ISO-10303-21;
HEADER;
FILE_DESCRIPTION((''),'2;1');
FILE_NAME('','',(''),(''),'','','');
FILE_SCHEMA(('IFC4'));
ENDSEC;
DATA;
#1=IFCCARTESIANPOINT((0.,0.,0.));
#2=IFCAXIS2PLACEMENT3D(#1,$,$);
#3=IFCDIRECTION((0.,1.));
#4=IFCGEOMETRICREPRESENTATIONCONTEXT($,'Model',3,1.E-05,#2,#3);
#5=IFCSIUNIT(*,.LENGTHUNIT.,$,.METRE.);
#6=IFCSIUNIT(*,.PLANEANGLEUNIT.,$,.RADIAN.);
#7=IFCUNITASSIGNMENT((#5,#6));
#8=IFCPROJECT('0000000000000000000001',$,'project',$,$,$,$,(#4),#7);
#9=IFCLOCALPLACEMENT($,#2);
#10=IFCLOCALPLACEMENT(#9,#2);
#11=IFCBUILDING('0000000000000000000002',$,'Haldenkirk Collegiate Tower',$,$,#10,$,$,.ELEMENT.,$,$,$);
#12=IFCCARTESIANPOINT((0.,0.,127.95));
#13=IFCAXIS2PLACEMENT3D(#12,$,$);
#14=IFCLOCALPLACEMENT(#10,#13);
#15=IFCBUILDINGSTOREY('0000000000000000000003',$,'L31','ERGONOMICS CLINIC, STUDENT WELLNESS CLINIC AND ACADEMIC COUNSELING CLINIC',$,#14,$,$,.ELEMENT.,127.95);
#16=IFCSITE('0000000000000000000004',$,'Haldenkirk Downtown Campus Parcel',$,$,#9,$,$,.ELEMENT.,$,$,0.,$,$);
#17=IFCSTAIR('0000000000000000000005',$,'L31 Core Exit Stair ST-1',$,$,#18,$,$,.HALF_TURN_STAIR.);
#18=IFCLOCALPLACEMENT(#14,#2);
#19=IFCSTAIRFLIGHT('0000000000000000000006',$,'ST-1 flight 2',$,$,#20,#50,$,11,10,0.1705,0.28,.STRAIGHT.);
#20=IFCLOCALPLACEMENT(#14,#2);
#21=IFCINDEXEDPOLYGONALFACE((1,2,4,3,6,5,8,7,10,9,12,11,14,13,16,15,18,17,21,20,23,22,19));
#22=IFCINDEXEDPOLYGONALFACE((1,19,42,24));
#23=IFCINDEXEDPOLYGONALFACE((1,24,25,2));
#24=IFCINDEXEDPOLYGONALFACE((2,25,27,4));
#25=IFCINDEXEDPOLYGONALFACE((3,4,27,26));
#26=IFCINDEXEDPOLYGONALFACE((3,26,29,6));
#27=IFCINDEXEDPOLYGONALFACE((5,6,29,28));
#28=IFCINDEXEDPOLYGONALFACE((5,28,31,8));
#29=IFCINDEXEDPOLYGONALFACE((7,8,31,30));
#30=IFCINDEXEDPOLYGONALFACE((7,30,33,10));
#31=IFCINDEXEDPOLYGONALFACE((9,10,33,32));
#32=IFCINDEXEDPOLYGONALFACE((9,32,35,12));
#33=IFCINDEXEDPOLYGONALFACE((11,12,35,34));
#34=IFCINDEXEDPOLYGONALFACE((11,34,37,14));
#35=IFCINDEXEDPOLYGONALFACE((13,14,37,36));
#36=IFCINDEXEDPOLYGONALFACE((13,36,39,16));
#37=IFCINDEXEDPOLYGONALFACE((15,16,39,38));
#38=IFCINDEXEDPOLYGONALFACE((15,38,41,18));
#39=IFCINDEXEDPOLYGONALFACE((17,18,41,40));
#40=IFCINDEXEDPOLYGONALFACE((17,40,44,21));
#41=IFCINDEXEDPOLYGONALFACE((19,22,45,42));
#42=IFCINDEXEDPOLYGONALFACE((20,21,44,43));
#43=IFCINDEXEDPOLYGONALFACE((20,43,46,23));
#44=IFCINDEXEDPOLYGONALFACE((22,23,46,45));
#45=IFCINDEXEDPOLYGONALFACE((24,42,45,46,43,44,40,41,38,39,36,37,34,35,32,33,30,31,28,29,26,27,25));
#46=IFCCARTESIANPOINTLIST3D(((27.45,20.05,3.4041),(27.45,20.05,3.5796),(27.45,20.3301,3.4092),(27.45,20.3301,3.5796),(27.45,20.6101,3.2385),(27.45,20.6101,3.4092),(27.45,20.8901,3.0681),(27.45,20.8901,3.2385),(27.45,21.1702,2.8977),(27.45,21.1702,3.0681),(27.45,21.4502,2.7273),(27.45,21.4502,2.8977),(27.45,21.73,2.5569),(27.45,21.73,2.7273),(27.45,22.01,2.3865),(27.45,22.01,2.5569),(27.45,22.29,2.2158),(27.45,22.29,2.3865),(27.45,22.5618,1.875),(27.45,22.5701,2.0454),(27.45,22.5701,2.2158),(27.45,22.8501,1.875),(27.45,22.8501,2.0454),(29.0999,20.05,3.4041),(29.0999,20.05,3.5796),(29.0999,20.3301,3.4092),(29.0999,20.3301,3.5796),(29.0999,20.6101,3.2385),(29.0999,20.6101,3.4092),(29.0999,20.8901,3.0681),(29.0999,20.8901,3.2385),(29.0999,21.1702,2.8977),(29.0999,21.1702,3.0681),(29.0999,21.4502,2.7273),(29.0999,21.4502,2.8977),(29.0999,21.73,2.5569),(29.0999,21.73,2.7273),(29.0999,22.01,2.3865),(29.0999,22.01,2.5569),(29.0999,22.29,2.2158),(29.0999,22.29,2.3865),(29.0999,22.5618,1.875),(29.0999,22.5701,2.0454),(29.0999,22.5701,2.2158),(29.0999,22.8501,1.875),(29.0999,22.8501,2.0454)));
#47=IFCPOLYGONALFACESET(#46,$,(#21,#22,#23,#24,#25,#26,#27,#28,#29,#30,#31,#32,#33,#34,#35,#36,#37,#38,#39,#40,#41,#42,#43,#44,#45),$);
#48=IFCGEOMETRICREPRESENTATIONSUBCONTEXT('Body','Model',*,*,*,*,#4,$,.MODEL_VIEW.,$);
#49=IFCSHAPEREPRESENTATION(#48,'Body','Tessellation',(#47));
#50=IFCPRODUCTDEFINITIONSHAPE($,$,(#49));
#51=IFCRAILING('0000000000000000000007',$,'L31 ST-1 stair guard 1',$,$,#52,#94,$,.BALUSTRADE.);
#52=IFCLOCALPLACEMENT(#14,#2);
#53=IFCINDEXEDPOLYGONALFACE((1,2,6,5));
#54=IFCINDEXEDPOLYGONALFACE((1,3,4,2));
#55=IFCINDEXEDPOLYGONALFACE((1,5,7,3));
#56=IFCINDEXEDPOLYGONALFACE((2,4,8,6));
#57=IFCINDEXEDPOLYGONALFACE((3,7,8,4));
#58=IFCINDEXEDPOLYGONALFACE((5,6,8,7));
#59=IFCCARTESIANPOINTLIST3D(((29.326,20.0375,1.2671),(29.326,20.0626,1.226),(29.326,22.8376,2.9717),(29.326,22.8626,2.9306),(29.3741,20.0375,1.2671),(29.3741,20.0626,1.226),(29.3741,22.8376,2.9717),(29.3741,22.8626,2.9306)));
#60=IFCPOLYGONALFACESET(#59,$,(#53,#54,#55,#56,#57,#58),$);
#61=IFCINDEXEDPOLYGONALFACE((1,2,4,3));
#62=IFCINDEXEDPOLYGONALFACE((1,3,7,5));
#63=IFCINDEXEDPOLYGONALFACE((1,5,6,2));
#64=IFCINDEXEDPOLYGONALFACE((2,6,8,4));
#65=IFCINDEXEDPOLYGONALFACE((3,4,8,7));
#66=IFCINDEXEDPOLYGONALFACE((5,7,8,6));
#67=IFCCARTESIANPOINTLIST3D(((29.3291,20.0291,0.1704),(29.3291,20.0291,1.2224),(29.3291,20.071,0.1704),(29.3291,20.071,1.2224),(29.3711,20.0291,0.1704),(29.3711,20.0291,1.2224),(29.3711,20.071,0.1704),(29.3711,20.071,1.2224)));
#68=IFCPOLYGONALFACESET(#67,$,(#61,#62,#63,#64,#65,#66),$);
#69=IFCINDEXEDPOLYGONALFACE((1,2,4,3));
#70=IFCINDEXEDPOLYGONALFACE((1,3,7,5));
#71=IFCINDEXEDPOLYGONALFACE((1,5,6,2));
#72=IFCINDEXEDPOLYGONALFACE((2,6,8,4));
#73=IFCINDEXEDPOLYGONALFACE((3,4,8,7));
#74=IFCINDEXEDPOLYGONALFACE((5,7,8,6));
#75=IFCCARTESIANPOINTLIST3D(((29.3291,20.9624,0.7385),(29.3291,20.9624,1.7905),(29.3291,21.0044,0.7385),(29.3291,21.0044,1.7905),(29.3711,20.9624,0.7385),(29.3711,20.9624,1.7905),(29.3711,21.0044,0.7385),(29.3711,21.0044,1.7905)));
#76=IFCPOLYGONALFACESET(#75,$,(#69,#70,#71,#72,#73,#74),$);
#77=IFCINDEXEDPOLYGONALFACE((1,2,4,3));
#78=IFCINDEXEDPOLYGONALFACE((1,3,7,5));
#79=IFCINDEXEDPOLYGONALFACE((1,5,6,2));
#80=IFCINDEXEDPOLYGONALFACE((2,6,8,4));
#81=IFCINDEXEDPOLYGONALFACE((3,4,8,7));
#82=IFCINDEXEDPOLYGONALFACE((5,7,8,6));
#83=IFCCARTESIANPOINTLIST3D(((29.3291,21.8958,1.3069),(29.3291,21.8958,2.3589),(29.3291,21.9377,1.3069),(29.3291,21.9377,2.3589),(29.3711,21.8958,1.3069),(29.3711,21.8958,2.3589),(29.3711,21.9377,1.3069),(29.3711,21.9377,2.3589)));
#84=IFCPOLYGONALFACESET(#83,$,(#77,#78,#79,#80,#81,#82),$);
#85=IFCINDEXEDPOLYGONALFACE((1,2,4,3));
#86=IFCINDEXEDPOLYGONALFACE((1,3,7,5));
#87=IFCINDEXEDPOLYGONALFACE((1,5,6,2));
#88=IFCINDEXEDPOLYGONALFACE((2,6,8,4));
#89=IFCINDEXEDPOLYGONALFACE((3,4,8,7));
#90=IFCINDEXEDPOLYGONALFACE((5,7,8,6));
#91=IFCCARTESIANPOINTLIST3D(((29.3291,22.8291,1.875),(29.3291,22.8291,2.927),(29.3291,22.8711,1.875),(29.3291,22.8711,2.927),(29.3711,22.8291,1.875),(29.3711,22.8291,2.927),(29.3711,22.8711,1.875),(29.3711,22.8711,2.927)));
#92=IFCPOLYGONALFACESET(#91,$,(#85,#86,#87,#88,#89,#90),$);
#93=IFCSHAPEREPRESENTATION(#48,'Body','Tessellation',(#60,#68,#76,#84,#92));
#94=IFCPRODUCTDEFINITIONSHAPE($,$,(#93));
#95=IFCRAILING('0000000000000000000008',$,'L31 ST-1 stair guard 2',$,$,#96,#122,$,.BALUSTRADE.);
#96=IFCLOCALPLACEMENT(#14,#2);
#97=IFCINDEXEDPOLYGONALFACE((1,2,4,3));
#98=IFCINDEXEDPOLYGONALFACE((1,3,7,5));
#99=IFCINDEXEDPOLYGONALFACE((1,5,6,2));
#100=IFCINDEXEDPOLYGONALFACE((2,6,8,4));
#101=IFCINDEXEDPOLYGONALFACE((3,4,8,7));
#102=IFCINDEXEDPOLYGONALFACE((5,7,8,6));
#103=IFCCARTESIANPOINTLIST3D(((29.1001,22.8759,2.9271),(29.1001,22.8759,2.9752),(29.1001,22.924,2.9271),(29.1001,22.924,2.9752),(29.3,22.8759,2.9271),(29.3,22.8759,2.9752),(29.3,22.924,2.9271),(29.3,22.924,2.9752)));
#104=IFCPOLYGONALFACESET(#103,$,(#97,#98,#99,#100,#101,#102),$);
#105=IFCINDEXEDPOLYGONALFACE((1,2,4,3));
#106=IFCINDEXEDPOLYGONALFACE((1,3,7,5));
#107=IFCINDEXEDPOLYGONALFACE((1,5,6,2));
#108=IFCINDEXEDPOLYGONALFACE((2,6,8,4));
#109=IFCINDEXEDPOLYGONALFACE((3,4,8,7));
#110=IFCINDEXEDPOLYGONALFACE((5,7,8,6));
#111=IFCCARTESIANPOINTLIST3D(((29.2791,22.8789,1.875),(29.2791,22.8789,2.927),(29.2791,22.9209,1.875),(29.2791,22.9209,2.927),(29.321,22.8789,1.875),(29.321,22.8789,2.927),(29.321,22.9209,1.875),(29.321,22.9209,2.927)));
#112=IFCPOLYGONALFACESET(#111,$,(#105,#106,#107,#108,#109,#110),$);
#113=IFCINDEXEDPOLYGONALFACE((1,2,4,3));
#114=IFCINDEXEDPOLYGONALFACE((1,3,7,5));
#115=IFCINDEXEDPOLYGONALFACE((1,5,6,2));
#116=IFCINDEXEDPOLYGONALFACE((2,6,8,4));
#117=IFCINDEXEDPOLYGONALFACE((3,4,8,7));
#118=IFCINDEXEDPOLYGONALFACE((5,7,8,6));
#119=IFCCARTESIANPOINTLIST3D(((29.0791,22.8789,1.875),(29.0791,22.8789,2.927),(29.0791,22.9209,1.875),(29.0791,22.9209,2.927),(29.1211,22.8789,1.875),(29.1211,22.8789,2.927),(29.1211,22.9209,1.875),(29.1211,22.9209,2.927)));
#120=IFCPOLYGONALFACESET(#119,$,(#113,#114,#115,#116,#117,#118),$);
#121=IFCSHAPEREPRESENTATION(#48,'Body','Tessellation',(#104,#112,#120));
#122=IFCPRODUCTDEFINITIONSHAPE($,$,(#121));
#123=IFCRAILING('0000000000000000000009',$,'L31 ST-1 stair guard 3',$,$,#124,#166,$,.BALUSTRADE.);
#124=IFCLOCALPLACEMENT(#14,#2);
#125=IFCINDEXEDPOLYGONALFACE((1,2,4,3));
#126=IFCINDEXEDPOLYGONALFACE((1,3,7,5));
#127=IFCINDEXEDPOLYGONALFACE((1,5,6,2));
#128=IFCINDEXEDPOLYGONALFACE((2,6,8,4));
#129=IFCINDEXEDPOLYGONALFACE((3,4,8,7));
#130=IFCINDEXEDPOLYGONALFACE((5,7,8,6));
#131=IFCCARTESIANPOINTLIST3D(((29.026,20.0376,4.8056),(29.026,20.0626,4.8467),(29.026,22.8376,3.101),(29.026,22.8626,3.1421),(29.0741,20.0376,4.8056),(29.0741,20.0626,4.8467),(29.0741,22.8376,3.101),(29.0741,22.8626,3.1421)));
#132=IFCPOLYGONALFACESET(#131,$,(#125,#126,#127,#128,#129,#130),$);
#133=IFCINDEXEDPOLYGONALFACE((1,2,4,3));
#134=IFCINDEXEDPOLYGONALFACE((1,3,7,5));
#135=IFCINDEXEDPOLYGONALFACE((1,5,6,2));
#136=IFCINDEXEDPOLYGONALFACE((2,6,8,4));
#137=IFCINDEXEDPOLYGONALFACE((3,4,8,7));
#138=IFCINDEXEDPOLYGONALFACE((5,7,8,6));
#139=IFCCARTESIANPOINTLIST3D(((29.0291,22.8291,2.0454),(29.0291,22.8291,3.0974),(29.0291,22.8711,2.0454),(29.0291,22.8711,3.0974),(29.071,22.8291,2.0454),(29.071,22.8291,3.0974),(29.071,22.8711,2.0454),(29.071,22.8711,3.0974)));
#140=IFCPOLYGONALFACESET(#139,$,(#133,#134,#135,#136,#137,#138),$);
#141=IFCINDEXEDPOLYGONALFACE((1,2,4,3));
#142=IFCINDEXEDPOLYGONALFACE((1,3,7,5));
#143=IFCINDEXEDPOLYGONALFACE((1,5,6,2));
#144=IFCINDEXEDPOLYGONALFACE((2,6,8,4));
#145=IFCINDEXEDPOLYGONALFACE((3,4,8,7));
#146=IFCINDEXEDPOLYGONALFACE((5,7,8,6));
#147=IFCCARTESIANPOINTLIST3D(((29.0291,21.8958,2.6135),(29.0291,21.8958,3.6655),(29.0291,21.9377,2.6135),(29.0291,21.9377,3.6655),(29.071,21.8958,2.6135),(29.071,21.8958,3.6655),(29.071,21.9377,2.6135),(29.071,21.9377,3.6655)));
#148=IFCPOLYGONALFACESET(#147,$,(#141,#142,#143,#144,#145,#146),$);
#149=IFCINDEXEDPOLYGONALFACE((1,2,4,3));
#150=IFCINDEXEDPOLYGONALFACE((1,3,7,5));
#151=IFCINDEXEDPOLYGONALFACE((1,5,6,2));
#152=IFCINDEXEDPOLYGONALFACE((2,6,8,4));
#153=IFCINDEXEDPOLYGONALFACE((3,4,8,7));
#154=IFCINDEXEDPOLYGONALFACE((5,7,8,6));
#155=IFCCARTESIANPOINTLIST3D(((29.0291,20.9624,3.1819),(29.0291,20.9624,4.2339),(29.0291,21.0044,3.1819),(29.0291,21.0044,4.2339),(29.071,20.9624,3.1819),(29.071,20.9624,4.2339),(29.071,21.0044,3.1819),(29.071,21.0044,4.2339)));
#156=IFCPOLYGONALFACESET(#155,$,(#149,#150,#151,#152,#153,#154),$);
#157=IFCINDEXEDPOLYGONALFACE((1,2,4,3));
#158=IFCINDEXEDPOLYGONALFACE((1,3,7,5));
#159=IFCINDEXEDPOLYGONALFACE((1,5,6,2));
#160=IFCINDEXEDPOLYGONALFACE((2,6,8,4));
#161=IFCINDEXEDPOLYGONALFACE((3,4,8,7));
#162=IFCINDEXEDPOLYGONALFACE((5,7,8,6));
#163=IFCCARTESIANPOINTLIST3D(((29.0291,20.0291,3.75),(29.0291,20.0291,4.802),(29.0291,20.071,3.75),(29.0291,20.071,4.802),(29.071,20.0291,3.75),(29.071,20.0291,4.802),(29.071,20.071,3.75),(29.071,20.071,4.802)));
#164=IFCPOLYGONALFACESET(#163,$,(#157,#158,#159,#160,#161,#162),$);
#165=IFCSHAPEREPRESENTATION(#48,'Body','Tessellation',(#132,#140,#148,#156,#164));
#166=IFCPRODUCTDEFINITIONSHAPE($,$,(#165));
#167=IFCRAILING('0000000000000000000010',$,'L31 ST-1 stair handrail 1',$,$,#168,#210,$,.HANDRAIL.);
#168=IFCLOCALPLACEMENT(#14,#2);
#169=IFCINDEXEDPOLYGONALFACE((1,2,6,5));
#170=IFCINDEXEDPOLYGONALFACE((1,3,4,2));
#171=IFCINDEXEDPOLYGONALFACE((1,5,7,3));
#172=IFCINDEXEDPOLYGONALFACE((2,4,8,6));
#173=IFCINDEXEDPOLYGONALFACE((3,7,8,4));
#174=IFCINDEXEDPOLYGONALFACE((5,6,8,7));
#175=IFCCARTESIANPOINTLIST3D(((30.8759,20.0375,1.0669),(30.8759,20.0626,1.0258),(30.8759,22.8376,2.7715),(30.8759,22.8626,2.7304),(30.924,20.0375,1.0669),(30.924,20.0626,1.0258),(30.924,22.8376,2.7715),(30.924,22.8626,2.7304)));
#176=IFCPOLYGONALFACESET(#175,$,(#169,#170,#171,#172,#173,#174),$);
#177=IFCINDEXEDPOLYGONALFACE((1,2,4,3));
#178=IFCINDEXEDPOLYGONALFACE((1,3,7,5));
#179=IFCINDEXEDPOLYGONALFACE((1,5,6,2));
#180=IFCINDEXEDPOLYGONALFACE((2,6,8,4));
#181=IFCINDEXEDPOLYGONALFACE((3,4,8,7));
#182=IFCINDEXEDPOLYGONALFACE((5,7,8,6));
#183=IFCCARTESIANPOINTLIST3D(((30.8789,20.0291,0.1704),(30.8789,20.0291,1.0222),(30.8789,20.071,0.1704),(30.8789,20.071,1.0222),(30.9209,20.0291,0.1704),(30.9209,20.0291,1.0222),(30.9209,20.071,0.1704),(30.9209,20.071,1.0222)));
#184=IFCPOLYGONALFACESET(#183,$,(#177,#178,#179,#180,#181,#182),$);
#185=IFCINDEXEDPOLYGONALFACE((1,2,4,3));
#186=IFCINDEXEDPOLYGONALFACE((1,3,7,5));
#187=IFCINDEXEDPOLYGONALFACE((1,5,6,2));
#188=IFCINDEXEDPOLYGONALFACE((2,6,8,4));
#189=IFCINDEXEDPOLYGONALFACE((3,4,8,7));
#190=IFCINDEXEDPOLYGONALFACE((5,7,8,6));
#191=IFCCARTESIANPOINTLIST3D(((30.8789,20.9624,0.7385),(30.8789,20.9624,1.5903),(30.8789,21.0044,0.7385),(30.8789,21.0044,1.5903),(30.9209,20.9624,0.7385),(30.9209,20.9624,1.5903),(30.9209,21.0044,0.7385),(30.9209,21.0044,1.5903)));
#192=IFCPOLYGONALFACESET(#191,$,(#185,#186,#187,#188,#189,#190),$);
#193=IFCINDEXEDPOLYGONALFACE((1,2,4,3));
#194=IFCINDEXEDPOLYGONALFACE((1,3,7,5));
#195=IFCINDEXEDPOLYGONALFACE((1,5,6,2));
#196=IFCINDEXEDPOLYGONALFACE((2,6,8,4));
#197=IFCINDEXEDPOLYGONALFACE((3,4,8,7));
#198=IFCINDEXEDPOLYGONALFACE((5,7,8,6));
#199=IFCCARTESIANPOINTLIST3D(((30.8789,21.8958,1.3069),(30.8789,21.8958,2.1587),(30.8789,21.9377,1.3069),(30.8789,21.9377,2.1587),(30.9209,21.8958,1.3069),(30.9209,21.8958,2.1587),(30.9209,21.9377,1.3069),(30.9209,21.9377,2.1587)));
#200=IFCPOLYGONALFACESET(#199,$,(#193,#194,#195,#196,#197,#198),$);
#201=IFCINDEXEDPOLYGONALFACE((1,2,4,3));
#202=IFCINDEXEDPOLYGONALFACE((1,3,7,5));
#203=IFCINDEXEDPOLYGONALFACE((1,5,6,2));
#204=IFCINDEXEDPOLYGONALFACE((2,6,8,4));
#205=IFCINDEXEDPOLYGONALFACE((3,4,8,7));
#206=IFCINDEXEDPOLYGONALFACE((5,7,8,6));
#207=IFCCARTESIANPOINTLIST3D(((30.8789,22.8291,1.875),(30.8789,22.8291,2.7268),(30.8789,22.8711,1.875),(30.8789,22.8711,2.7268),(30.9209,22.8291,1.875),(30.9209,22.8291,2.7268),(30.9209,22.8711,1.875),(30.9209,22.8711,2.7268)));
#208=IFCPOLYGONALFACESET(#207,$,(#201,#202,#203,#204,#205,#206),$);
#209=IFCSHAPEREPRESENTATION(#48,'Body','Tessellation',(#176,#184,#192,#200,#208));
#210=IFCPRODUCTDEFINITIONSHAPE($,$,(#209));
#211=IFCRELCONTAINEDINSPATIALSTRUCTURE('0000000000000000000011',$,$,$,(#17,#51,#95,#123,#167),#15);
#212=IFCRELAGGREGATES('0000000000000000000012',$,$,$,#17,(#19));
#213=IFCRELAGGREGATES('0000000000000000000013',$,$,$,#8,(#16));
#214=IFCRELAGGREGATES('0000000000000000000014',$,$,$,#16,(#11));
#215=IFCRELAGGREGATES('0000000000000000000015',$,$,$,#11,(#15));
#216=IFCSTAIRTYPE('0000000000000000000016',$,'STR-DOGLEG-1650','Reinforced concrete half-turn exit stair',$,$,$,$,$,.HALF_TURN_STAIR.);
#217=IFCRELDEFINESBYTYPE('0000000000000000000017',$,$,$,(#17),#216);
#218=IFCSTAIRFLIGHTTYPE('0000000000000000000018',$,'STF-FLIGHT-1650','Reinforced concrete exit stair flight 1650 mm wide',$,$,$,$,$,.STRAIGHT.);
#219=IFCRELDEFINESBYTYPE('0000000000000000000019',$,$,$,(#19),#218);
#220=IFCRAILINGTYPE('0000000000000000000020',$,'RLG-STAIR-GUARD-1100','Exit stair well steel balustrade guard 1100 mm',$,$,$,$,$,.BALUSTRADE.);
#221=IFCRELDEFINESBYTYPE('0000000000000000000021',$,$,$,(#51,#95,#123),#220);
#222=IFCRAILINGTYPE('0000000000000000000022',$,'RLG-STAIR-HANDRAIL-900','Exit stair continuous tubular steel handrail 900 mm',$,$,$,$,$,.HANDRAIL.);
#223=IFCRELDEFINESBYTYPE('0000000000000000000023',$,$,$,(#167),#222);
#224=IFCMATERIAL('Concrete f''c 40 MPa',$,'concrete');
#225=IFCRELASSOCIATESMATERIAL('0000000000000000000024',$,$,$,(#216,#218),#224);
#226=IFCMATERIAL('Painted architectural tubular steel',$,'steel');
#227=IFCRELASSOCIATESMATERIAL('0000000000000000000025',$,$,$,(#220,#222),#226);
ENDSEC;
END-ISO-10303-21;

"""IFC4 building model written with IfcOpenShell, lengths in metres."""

from ifc_helpers import new_model, si_unit, direction, frame, origin, origin_2d, place, context, subcontext, project, spatial, polyline, rectangle, outline, extrude, material, type_object, element, aggregate, save


model = new_model("IFC4")

# Units and contexts
model_context = context("Model", 3, precision=1e-05, world=origin(), true_north=direction((0.0, 1.0)))
body_context = subcontext(model_context, "Body", "Model", "MODEL_VIEW")
ifc_project = project(units=[si_unit("LENGTHUNIT", "METRE"), si_unit("PLANEANGLEUNIT", "RADIAN")], contexts=[model_context])

# Site, building, storey
site_placement = place(None, origin())
site = spatial("IfcSite", under=ifc_project, at=site_placement, Name="Haldenkirk Downtown Campus Parcel", CompositionType="ELEMENT", RefElevation=0.0)
building_placement = place(site_placement, origin())
building = spatial("IfcBuilding", under=site, at=building_placement, Name="Haldenkirk Collegiate Tower", CompositionType="ELEMENT")
storey_placement = place(building_placement, frame((0.0, 0.0, 127.95)))
storey = spatial("IfcBuildingStorey", under=building, at=storey_placement, Name="L31", Description="ERGONOMICS CLINIC, STUDENT WELLNESS CLINIC AND ACADEMIC COUNSELING CLINIC", CompositionType="ELEMENT", Elevation=127.95)

# Stair, stair flight
ifc_material_1 = material(Name="Concrete f'c 40 MPa", Category="concrete")
stair_type = type_object("IfcStairType", Name="STR-DOGLEG-1650", Description="Reinforced concrete half-turn exit stair", PredefinedType="HALF_TURN_STAIR", material=ifc_material_1)
stair_placement = place(storey_placement, origin())
stair = element("IfcStair", 1, at=stair_placement, inside=storey, type_object=stair_type, Name="L31 Core Exit Stair ST-1", PredefinedType="HALF_TURN_STAIR")
stair_flight_type = type_object("IfcStairFlightType", Name="STF-FLIGHT-1650", Description="Reinforced concrete exit stair flight 1650 mm wide", PredefinedType="STRAIGHT", material=ifc_material_1)
stair_flight_1_placement = place(storey_placement, frame((28.2749, 22.8501, 1.875), z_axis=(0.0, 0.0, 1.0), x_axis=(0.0, -1.0, 0.0)))
stair_flight_1 = element("IfcStairFlight", 2, at=stair_flight_1_placement, type_object=stair_flight_type, Name="ST-1 flight 2", NumberOfRisers=11, NumberOfTreads=10, PredefinedType="STRAIGHT", RiserHeight=0.1705, TreadLength=0.28, context=body_context, shape_type="SweptSolid", body=[
    extrude(outline(polyline([(0.0, 0.0), (0.0, 0.1704), (0.28, 0.1704), (0.28, 0.3408), (0.5601, 0.3408), (0.5601, 0.5115), (0.8401, 0.5115), (0.8401, 0.6819), (1.1201, 0.6819), (1.1201, 0.8523), (1.3999, 0.8523), (1.3999, 1.0227), (1.6799, 1.0227), (1.6799, 1.1931), (1.96, 1.1931), (1.96, 1.3635), (2.24, 1.3635), (2.24, 1.5342), (2.52, 1.5342), (2.52, 1.7046), (2.8, 1.7046), (2.8, 1.875), (2.8, 1.5291), (0.2883, 0.0), (0.0, 0.0)])), frame((0.0, 0.825, 0.0), z_axis=(0.0, -1.0, 0.0), x_axis=(1.0, 0.0, 0.0)), (0.0, 0.0, 1.0), 1.6499),
])
aggregate(stair, [stair_flight_1])

# Railings
ifc_material_2 = material(Name="Painted architectural tubular steel", Category="steel")
railing_type_1 = type_object("IfcRailingType", Name="RLG-STAIR-GUARD-1100", Description="Exit stair well steel balustrade guard 1100 mm", PredefinedType="BALUSTRADE", material=ifc_material_2)
railing_1_placement = place(storey_placement, frame((29.3501, 20.05, 0.1704)))
element("IfcRailing", 3, at=railing_1_placement, inside=storey, type_object=railing_type_1, Name="L31 ST-1 stair guard 1", PredefinedType="BALUSTRADE", context=body_context, shape_type="SweptSolid", body=[
    extrude(rectangle(XDim=0.0481, YDim=0.0481, at=origin_2d()), frame((0.0, 0.0, 1.0762), z_axis=(0.0, 0.85417, 0.519994), x_axis=(-1.0, 0.0, 0.0)), (0.0, 0.0, 1.0), 3.2781),
    extrude(rectangle(XDim=0.042, YDim=0.042, at=origin_2d()), origin(), (0.0, 0.0, 1.0), 1.052),
    extrude(rectangle(XDim=0.042, YDim=0.042, at=origin_2d()), frame((0.0, 0.9333, 0.5681)), (0.0, 0.0, 1.0), 1.052),
    extrude(rectangle(XDim=0.042, YDim=0.042, at=origin_2d()), frame((0.0, 1.8667, 1.1365)), (0.0, 0.0, 1.0), 1.052),
    extrude(rectangle(XDim=0.042, YDim=0.042, at=origin_2d()), frame((0.0, 2.8, 1.7046)), (0.0, 0.0, 1.0), 1.052),
])
railing_2_placement = place(storey_placement, frame((29.3, 22.8999, 1.875)))
element("IfcRailing", 4, at=railing_2_placement, inside=storey, type_object=railing_type_1, Name="L31 ST-1 stair guard 2", PredefinedType="BALUSTRADE", context=body_context, shape_type="SweptSolid", body=[
    extrude(rectangle(XDim=0.0481, YDim=0.0481, at=origin_2d()), frame((0.0, 0.0, 1.0762), z_axis=(-1.0, 0.0, 0.0), x_axis=(0.0, -1.0, 0.0)), (0.0, 0.0, 1.0), 0.2),
    extrude(rectangle(XDim=0.042, YDim=0.042, at=origin_2d()), origin(), (0.0, 0.0, 1.0), 1.052),
    extrude(rectangle(XDim=0.042, YDim=0.042, at=origin_2d()), frame((-0.2, 0.0, 0.0)), (0.0, 0.0, 1.0), 1.052),
])
railing_3_placement = place(storey_placement, frame((29.05, 22.8501, 2.0454)))
element("IfcRailing", 5, at=railing_3_placement, inside=storey, type_object=railing_type_1, Name="L31 ST-1 stair guard 3", PredefinedType="BALUSTRADE", context=body_context, shape_type="SweptSolid", body=[
    extrude(rectangle(XDim=0.0481, YDim=0.0481, at=origin_2d()), frame((0.0, 0.0, 1.0762), z_axis=(0.0, -0.85417, 0.519994), x_axis=(1.0, 0.0, 0.0)), (0.0, 0.0, 1.0), 3.2781),
    extrude(rectangle(XDim=0.042, YDim=0.042, at=origin_2d()), origin(), (0.0, 0.0, 1.0), 1.052),
    extrude(rectangle(XDim=0.042, YDim=0.042, at=origin_2d()), frame((0.0, -0.9333, 0.5681)), (0.0, 0.0, 1.0), 1.052),
    extrude(rectangle(XDim=0.042, YDim=0.042, at=origin_2d()), frame((0.0, -1.8667, 1.1365)), (0.0, 0.0, 1.0), 1.052),
    extrude(rectangle(XDim=0.042, YDim=0.042, at=origin_2d()), frame((0.0, -2.8, 1.7046)), (0.0, 0.0, 1.0), 1.052),
])
railing_type_2 = type_object("IfcRailingType", Name="RLG-STAIR-HANDRAIL-900", Description="Exit stair continuous tubular steel handrail 900 mm", PredefinedType="HANDRAIL", material=ifc_material_2)
railing_4_placement = place(storey_placement, frame((30.8999, 20.05, 0.1704)))
element("IfcRailing", 6, at=railing_4_placement, inside=storey, type_object=railing_type_2, Name="L31 ST-1 stair handrail 1", PredefinedType="HANDRAIL", context=body_context, shape_type="SweptSolid", body=[
    extrude(rectangle(XDim=0.0481, YDim=0.0481, at=origin_2d()), frame((0.0, 0.0, 0.876), z_axis=(0.0, 0.85417, 0.519994), x_axis=(-1.0, 0.0, 0.0)), (0.0, 0.0, 1.0), 3.2781),
    extrude(rectangle(XDim=0.042, YDim=0.042, at=origin_2d()), origin(), (0.0, 0.0, 1.0), 0.8518),
    extrude(rectangle(XDim=0.042, YDim=0.042, at=origin_2d()), frame((0.0, 0.9333, 0.5681)), (0.0, 0.0, 1.0), 0.8518),
    extrude(rectangle(XDim=0.042, YDim=0.042, at=origin_2d()), frame((0.0, 1.8667, 1.1365)), (0.0, 0.0, 1.0), 0.8518),
    extrude(rectangle(XDim=0.042, YDim=0.042, at=origin_2d()), frame((0.0, 2.8, 1.7046)), (0.0, 0.0, 1.0), 0.8518),
])

save(model, "model.ifc")
